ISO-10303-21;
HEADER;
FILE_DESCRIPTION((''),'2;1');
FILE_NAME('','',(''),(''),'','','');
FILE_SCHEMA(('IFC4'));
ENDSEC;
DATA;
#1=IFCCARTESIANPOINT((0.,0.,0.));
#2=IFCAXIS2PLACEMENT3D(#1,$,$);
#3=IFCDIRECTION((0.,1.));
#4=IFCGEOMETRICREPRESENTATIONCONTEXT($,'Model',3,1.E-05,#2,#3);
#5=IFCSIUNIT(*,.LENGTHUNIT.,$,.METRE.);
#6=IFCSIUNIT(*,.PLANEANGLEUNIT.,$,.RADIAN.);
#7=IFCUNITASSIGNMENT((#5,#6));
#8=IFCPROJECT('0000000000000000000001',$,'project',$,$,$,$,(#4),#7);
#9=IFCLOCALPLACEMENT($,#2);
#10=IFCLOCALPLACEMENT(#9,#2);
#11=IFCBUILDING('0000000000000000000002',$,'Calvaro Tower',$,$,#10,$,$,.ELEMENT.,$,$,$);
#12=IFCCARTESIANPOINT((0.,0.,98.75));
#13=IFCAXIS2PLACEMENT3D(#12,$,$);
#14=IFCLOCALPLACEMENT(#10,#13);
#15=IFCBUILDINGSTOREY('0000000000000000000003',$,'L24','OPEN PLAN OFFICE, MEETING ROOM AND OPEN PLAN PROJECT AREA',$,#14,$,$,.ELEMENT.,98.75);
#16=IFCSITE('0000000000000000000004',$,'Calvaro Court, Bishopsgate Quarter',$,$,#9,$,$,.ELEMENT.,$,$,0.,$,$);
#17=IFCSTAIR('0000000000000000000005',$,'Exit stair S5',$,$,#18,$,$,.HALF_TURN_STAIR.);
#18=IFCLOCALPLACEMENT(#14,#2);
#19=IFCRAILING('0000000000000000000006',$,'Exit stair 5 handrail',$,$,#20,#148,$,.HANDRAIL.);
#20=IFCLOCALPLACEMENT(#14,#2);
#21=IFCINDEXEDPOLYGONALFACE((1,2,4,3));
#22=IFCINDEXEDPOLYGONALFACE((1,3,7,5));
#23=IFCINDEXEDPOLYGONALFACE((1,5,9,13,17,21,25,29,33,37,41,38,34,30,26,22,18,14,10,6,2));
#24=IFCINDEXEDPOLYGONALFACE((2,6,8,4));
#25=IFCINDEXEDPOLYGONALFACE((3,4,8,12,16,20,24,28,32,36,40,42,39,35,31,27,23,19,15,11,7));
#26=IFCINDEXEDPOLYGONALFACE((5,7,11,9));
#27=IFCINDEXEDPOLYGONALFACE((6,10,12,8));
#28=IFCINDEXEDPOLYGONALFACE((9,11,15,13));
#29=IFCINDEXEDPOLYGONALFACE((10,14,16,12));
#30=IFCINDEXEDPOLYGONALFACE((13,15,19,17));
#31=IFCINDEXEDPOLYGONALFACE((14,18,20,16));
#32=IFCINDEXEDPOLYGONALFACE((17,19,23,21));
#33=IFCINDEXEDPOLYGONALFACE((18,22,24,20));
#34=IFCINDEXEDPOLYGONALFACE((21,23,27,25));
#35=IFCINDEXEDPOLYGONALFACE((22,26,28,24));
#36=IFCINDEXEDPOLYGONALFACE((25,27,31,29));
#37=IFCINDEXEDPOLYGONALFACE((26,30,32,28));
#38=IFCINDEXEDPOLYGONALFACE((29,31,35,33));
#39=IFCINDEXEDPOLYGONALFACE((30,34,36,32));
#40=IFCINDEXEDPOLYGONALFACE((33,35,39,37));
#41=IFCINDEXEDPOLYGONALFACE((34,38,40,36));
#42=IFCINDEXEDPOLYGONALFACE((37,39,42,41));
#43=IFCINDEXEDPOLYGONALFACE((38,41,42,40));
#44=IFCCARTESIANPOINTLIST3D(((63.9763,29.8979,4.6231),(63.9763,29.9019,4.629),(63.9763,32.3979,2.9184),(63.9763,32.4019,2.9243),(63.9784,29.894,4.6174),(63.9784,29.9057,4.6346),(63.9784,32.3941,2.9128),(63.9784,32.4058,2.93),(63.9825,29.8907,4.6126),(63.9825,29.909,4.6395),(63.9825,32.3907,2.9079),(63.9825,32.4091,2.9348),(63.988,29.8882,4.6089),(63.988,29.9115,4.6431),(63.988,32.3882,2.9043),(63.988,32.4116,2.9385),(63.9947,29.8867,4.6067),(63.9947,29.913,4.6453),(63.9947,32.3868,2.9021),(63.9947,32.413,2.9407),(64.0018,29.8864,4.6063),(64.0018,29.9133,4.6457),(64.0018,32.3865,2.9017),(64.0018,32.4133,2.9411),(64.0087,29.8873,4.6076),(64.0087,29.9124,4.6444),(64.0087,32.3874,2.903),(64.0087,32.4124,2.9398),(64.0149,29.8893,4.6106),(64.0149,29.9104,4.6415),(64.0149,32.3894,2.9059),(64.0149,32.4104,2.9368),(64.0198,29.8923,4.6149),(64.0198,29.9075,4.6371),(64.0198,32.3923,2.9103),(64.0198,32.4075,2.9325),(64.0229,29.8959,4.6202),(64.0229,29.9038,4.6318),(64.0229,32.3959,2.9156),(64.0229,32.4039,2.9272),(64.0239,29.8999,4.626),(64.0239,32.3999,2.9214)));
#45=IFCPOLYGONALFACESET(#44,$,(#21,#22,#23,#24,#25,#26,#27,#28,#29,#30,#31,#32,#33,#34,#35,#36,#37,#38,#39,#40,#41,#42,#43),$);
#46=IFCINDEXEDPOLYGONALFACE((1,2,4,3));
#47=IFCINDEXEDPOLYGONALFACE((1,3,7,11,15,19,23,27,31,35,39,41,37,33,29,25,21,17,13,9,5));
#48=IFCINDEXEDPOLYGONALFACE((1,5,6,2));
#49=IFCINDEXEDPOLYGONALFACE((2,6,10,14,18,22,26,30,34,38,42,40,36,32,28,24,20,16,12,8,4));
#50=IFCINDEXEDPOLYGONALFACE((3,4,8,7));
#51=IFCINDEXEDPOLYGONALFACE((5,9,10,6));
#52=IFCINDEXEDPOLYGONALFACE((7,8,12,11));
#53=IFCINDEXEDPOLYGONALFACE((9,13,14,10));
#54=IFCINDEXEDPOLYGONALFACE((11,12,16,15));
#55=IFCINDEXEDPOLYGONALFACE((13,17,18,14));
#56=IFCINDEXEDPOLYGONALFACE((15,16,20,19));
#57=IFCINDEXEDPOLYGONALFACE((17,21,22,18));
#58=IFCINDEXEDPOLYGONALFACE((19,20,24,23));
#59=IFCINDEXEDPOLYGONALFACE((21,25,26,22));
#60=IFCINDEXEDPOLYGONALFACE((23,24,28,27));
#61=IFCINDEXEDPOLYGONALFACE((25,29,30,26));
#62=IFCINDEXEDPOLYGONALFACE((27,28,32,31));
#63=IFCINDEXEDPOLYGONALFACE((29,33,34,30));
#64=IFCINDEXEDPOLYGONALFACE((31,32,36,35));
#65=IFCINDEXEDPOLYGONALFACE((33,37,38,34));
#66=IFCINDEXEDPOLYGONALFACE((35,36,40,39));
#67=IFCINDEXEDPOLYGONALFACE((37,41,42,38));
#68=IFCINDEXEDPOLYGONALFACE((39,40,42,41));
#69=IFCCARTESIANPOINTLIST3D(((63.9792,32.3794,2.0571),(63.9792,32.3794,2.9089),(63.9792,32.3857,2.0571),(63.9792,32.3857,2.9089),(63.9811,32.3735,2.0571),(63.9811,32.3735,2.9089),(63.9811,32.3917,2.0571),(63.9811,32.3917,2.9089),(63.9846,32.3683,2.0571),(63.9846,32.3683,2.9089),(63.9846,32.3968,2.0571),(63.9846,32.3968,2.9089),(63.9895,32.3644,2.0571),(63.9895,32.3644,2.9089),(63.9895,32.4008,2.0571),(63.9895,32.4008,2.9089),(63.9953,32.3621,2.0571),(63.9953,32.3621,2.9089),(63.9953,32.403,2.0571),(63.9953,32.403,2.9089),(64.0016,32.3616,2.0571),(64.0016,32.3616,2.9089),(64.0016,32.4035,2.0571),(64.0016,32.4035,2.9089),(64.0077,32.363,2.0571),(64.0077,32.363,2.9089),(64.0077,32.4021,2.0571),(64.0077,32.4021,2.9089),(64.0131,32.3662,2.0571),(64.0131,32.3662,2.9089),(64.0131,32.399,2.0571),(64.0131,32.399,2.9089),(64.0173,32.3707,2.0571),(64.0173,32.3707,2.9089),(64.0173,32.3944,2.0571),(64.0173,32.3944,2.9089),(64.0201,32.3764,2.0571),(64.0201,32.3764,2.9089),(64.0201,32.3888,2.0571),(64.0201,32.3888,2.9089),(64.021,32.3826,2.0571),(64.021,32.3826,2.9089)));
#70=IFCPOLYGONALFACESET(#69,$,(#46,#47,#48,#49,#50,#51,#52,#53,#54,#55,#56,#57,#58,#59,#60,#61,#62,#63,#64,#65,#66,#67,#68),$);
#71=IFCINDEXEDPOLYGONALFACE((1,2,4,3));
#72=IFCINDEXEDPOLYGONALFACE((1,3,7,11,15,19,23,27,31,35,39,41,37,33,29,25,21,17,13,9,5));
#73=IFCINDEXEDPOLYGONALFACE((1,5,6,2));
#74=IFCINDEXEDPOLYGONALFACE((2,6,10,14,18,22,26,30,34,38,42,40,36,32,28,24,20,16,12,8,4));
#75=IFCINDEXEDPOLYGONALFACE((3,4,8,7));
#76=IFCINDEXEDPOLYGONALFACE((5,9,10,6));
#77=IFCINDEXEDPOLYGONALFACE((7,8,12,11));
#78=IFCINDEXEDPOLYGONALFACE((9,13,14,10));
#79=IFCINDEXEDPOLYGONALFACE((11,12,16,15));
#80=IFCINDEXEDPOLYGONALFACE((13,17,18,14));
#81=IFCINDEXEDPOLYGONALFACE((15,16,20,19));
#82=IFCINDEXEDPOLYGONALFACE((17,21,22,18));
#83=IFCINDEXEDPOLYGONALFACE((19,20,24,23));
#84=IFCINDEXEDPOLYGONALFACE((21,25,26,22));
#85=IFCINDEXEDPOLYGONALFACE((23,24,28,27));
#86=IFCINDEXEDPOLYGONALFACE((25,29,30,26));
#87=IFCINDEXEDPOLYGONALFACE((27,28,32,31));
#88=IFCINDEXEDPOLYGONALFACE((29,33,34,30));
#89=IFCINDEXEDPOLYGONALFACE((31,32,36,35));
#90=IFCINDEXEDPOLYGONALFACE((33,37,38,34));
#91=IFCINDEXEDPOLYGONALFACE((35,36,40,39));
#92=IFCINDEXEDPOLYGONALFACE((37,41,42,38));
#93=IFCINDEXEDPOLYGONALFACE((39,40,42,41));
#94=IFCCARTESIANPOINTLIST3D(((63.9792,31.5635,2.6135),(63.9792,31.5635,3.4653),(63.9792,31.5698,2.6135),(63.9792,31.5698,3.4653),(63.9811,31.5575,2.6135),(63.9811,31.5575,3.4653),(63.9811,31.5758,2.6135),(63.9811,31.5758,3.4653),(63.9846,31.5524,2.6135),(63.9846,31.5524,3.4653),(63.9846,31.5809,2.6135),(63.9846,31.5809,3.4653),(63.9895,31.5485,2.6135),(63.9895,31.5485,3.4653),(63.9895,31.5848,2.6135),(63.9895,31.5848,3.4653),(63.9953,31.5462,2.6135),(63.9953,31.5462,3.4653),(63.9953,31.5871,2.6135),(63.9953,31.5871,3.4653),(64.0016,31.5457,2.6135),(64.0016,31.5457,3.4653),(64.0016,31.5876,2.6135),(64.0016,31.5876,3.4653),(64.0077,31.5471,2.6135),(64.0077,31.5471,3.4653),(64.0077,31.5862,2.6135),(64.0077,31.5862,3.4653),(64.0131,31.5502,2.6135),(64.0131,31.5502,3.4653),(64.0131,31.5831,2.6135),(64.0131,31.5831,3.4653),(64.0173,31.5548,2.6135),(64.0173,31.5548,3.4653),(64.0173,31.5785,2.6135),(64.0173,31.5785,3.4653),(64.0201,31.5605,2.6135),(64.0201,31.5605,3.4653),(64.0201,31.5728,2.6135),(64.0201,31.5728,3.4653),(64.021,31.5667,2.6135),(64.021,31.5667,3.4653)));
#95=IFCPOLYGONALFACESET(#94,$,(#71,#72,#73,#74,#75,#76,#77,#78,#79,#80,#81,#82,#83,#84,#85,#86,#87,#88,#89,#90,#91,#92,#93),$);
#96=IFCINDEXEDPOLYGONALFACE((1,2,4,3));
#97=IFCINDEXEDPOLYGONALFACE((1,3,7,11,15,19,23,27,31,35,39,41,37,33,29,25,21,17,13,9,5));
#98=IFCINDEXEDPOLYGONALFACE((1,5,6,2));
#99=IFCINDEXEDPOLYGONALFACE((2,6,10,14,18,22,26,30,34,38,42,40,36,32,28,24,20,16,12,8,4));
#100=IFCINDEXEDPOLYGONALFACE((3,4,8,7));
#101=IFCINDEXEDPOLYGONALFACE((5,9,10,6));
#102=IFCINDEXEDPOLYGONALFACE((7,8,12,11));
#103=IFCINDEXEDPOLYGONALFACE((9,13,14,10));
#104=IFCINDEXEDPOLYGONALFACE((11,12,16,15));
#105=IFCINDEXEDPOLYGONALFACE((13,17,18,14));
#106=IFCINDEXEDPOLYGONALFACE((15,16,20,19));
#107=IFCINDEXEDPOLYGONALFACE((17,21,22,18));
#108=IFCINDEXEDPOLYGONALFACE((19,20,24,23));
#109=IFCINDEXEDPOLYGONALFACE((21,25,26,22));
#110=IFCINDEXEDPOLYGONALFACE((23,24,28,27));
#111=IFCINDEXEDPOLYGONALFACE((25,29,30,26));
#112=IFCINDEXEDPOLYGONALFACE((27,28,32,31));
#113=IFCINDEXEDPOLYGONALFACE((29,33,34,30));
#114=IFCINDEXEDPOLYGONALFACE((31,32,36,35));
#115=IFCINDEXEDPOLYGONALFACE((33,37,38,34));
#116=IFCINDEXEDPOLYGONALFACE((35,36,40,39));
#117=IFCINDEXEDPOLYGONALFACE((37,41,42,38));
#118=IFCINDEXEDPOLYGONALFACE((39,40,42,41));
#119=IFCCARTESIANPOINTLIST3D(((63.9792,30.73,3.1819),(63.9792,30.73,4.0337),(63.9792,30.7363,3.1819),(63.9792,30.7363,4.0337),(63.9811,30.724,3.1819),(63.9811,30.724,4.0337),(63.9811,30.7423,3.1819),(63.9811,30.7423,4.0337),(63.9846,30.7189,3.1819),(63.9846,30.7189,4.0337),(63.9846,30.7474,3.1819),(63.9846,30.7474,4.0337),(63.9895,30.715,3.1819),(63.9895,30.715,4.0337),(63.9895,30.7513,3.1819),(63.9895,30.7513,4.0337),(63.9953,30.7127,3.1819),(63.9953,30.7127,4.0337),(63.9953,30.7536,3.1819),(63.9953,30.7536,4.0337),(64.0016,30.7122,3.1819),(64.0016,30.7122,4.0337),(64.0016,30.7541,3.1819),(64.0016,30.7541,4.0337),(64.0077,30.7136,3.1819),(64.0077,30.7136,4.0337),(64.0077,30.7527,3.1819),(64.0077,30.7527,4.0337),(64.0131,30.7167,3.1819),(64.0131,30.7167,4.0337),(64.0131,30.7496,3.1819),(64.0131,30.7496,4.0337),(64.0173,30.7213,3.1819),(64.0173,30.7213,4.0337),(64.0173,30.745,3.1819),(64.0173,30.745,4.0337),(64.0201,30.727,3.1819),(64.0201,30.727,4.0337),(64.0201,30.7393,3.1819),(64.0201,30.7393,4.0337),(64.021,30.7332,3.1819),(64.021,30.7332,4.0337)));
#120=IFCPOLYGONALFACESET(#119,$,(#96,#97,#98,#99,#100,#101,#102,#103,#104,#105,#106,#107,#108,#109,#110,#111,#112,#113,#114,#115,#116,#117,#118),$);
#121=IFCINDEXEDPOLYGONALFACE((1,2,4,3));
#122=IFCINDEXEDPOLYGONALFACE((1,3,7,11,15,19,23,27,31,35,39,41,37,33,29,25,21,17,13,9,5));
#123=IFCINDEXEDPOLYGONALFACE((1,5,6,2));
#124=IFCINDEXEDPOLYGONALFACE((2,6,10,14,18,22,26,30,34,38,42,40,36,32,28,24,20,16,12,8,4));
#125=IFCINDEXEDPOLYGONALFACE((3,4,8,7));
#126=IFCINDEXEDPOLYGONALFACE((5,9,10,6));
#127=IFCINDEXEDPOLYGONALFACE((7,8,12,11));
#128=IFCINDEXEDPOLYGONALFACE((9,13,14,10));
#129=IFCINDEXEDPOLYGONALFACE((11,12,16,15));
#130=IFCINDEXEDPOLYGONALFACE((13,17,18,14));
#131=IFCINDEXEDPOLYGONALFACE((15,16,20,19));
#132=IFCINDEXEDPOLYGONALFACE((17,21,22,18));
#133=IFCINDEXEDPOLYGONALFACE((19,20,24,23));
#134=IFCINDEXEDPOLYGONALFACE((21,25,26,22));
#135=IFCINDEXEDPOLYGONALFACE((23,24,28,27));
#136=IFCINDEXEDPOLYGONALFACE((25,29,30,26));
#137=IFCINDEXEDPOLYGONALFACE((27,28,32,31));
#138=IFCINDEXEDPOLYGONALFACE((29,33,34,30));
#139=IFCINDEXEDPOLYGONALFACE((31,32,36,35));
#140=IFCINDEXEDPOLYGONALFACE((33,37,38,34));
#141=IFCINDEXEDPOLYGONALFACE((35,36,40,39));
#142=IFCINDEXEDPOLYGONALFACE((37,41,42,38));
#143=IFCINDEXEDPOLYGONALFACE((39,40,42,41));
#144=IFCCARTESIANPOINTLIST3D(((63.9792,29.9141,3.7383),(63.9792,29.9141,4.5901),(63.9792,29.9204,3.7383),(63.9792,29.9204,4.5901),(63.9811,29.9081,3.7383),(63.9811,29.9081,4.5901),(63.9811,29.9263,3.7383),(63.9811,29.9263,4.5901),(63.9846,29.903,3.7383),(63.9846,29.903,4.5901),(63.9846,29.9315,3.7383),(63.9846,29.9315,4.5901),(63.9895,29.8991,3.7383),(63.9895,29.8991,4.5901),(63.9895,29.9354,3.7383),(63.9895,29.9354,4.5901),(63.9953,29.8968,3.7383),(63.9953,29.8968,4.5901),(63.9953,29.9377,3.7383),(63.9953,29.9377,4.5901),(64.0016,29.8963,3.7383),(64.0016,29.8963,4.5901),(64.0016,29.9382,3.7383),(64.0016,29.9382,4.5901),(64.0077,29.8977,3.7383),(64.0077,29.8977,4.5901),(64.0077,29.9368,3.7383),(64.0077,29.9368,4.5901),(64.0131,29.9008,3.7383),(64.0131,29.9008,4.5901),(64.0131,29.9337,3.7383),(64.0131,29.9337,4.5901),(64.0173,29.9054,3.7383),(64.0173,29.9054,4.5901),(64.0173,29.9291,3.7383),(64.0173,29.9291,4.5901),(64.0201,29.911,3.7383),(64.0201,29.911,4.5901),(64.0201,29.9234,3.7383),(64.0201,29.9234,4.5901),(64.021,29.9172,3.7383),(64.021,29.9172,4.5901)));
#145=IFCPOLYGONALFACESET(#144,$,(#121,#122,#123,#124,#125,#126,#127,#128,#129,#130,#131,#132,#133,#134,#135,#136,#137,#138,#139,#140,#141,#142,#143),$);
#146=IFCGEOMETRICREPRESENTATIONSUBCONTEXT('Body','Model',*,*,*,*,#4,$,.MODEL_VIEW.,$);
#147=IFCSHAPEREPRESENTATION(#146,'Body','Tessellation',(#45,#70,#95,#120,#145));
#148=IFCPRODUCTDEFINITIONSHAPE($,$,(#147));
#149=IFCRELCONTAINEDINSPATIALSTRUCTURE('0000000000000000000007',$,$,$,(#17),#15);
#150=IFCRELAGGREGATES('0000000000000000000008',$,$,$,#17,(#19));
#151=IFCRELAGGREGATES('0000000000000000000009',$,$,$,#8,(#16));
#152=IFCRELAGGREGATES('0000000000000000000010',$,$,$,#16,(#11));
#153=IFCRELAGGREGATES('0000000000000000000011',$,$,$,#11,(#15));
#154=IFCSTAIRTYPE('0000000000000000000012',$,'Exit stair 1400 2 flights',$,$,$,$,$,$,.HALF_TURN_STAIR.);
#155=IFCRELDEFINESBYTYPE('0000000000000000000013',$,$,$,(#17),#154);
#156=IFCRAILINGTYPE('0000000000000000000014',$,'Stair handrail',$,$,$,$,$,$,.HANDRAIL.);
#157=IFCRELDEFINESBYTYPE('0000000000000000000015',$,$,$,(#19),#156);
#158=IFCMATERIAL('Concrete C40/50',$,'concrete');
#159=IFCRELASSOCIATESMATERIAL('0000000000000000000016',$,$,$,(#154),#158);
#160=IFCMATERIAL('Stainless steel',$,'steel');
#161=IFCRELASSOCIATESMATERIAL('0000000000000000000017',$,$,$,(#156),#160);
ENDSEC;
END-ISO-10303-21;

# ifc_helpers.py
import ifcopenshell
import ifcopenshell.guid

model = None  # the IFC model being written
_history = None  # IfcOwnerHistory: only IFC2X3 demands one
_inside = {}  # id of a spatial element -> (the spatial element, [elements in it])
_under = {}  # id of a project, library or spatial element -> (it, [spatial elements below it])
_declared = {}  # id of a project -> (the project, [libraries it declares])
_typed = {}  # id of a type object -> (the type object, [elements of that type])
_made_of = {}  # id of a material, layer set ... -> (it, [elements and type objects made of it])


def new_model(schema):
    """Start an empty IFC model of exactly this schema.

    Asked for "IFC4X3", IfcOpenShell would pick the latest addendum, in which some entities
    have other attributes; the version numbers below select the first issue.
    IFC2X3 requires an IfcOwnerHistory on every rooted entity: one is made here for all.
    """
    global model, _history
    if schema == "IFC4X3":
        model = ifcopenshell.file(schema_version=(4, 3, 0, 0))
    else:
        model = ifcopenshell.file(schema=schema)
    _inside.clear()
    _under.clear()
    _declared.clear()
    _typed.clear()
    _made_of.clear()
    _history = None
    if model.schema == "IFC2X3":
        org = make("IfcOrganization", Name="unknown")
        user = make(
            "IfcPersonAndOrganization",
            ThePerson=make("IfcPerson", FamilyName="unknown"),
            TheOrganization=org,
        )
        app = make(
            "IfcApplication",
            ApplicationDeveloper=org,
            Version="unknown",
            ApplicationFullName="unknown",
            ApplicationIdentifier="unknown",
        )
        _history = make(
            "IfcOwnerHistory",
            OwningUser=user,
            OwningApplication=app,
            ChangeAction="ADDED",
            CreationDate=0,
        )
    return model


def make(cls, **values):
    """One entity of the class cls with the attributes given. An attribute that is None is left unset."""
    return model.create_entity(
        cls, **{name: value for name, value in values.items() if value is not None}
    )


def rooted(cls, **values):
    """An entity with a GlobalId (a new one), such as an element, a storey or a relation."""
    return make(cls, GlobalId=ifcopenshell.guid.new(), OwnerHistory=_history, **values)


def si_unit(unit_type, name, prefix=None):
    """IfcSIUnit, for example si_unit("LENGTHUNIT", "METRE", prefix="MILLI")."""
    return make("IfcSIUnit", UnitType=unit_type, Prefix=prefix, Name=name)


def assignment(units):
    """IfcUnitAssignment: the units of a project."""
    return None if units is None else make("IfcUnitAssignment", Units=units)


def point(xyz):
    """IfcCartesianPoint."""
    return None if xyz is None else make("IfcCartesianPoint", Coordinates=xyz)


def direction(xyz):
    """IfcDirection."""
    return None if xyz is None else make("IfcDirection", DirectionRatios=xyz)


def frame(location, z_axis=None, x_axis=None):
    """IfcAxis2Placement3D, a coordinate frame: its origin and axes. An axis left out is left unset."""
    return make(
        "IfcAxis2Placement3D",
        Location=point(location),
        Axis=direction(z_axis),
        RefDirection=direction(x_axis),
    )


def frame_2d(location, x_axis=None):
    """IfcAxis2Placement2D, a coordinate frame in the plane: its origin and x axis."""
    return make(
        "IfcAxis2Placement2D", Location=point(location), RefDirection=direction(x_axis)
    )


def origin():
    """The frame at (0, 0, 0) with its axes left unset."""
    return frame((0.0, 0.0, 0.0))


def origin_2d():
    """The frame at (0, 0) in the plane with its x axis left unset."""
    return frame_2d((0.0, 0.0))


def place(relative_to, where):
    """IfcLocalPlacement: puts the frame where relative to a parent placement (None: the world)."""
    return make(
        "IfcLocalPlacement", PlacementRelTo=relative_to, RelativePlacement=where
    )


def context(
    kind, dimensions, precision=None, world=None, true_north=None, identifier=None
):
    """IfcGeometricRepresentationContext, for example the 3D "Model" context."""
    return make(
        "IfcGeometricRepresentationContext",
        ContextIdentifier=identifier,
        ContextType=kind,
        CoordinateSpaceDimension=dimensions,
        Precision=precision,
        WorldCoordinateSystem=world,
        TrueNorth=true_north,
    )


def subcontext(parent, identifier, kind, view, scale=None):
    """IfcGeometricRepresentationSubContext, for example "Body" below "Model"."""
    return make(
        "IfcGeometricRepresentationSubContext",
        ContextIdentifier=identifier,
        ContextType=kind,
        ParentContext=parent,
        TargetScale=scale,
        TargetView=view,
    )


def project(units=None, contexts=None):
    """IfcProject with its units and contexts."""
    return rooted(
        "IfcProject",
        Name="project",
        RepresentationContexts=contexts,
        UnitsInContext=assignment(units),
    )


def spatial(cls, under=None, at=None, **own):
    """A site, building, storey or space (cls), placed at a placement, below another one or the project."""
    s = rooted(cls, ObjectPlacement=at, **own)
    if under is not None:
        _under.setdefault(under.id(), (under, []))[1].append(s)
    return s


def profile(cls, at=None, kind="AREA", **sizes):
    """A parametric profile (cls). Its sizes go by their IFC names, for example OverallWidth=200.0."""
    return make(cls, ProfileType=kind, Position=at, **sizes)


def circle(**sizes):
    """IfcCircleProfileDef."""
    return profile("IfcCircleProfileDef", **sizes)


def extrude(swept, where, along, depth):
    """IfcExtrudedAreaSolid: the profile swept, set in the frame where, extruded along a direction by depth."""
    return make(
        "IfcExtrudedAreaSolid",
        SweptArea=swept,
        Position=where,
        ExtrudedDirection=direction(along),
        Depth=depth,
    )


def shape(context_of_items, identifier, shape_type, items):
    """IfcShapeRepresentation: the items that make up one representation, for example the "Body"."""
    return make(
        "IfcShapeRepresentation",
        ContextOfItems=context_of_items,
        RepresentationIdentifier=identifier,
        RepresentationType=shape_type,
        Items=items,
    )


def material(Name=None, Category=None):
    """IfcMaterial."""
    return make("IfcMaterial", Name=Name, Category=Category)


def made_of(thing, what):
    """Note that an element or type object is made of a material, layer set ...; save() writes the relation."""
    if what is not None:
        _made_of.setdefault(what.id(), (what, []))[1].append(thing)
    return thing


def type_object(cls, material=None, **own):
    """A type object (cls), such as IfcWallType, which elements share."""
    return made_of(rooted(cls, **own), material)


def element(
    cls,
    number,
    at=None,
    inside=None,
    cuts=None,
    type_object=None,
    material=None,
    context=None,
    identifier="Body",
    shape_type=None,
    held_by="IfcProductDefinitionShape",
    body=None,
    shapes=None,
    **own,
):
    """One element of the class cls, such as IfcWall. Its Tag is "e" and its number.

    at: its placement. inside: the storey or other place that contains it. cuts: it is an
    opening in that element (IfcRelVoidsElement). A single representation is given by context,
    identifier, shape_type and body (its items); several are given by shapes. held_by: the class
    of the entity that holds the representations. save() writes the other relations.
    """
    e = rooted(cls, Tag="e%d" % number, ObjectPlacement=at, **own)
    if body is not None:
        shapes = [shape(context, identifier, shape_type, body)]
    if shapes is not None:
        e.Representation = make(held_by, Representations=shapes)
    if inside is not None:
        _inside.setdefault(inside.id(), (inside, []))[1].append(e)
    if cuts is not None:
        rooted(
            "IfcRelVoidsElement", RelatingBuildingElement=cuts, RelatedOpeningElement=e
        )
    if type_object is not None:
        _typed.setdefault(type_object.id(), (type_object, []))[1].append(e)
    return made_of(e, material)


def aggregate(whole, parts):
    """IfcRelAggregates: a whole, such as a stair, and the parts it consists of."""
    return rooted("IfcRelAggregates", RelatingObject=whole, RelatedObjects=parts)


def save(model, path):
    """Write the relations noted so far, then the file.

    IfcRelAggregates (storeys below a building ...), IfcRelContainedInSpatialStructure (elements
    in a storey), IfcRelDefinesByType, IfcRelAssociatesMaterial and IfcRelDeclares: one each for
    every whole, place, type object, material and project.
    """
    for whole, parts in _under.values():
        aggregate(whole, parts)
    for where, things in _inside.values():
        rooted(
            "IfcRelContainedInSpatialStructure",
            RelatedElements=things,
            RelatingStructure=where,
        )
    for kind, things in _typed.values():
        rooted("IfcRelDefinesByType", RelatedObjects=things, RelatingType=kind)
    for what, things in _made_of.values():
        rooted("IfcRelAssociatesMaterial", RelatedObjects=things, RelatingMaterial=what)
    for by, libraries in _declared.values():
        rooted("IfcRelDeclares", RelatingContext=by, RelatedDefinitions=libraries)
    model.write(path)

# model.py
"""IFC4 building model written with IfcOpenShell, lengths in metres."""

from ifc_helpers import new_model, si_unit, direction, frame, origin, origin_2d, place, context, subcontext, project, spatial, circle, extrude, material, type_object, element, aggregate, save


model = new_model("IFC4")

# Units and contexts
model_context = context("Model", 3, precision=1e-05, world=origin(), true_north=direction((0.0, 1.0)))
body_context = subcontext(model_context, "Body", "Model", "MODEL_VIEW")
ifc_project = project(units=[si_unit("LENGTHUNIT", "METRE"), si_unit("PLANEANGLEUNIT", "RADIAN")], contexts=[model_context])

# Site, building, storey
site_placement = place(None, origin())
site = spatial("IfcSite", under=ifc_project, at=site_placement, Name="Calvaro Court, Bishopsgate Quarter", CompositionType="ELEMENT", RefElevation=0.0)
building_placement = place(site_placement, origin())
building = spatial("IfcBuilding", under=site, at=building_placement, Name="Calvaro Tower", CompositionType="ELEMENT")
storey_placement = place(building_placement, frame((0.0, 0.0, 98.75)))
storey = spatial("IfcBuildingStorey", under=building, at=storey_placement, Name="L24", Description="OPEN PLAN OFFICE, MEETING ROOM AND OPEN PLAN PROJECT AREA", CompositionType="ELEMENT", Elevation=98.75)

# Stair
ifc_material_1 = material(Name="Concrete C40/50", Category="concrete")
stair_type = type_object("IfcStairType", Name="Exit stair 1400 2 flights", PredefinedType="HALF_TURN_STAIR", material=ifc_material_1)
stair_1_placement = place(storey_placement, origin())
stair_1 = element("IfcStair", 1, at=stair_1_placement, inside=storey, type_object=stair_type, Name="Exit stair S5", PredefinedType="HALF_TURN_STAIR")

# Shared definitions
ifc_material_2 = material(Name="Stainless steel", Category="steel")
railing_type = type_object("IfcRailingType", Name="Stair handrail", PredefinedType="HANDRAIL", material=ifc_material_2)

# Railing
railing_1_placement = place(storey_placement, frame((64.0, 32.3999, 2.0454)))
railing_1 = element("IfcRailing", 2, at=railing_1_placement, type_object=railing_type, Name="Exit stair 5 handrail", PredefinedType="HANDRAIL", context=body_context, shape_type="SweptSolid", body=[
    extrude(circle(Radius=0.0239, at=origin_2d()), frame((0.0, 0.0, 0.876), z_axis=(0.0, -0.826221, 0.563347), x_axis=(1.0, 0.0, 0.0)), (0.0, 0.0, 1.0), 3.0259),
    extrude(circle(Radius=0.021, at=origin_2d()), frame((0.0, -0.0173, 0.0117)), (0.0, 0.0, 1.0), 0.8518),
    extrude(circle(Radius=0.021, at=origin_2d()), frame((0.0, -0.8333, 0.5681)), (0.0, 0.0, 1.0), 0.8518),
    extrude(circle(Radius=0.021, at=origin_2d()), frame((0.0, -1.6667, 1.1365)), (0.0, 0.0, 1.0), 0.8518),
    extrude(circle(Radius=0.021, at=origin_2d()), frame((0.0, -2.4827, 1.6929)), (0.0, 0.0, 1.0), 0.8518),
])
aggregate(stair_1, [railing_1])

save(model, "model.ifc")
